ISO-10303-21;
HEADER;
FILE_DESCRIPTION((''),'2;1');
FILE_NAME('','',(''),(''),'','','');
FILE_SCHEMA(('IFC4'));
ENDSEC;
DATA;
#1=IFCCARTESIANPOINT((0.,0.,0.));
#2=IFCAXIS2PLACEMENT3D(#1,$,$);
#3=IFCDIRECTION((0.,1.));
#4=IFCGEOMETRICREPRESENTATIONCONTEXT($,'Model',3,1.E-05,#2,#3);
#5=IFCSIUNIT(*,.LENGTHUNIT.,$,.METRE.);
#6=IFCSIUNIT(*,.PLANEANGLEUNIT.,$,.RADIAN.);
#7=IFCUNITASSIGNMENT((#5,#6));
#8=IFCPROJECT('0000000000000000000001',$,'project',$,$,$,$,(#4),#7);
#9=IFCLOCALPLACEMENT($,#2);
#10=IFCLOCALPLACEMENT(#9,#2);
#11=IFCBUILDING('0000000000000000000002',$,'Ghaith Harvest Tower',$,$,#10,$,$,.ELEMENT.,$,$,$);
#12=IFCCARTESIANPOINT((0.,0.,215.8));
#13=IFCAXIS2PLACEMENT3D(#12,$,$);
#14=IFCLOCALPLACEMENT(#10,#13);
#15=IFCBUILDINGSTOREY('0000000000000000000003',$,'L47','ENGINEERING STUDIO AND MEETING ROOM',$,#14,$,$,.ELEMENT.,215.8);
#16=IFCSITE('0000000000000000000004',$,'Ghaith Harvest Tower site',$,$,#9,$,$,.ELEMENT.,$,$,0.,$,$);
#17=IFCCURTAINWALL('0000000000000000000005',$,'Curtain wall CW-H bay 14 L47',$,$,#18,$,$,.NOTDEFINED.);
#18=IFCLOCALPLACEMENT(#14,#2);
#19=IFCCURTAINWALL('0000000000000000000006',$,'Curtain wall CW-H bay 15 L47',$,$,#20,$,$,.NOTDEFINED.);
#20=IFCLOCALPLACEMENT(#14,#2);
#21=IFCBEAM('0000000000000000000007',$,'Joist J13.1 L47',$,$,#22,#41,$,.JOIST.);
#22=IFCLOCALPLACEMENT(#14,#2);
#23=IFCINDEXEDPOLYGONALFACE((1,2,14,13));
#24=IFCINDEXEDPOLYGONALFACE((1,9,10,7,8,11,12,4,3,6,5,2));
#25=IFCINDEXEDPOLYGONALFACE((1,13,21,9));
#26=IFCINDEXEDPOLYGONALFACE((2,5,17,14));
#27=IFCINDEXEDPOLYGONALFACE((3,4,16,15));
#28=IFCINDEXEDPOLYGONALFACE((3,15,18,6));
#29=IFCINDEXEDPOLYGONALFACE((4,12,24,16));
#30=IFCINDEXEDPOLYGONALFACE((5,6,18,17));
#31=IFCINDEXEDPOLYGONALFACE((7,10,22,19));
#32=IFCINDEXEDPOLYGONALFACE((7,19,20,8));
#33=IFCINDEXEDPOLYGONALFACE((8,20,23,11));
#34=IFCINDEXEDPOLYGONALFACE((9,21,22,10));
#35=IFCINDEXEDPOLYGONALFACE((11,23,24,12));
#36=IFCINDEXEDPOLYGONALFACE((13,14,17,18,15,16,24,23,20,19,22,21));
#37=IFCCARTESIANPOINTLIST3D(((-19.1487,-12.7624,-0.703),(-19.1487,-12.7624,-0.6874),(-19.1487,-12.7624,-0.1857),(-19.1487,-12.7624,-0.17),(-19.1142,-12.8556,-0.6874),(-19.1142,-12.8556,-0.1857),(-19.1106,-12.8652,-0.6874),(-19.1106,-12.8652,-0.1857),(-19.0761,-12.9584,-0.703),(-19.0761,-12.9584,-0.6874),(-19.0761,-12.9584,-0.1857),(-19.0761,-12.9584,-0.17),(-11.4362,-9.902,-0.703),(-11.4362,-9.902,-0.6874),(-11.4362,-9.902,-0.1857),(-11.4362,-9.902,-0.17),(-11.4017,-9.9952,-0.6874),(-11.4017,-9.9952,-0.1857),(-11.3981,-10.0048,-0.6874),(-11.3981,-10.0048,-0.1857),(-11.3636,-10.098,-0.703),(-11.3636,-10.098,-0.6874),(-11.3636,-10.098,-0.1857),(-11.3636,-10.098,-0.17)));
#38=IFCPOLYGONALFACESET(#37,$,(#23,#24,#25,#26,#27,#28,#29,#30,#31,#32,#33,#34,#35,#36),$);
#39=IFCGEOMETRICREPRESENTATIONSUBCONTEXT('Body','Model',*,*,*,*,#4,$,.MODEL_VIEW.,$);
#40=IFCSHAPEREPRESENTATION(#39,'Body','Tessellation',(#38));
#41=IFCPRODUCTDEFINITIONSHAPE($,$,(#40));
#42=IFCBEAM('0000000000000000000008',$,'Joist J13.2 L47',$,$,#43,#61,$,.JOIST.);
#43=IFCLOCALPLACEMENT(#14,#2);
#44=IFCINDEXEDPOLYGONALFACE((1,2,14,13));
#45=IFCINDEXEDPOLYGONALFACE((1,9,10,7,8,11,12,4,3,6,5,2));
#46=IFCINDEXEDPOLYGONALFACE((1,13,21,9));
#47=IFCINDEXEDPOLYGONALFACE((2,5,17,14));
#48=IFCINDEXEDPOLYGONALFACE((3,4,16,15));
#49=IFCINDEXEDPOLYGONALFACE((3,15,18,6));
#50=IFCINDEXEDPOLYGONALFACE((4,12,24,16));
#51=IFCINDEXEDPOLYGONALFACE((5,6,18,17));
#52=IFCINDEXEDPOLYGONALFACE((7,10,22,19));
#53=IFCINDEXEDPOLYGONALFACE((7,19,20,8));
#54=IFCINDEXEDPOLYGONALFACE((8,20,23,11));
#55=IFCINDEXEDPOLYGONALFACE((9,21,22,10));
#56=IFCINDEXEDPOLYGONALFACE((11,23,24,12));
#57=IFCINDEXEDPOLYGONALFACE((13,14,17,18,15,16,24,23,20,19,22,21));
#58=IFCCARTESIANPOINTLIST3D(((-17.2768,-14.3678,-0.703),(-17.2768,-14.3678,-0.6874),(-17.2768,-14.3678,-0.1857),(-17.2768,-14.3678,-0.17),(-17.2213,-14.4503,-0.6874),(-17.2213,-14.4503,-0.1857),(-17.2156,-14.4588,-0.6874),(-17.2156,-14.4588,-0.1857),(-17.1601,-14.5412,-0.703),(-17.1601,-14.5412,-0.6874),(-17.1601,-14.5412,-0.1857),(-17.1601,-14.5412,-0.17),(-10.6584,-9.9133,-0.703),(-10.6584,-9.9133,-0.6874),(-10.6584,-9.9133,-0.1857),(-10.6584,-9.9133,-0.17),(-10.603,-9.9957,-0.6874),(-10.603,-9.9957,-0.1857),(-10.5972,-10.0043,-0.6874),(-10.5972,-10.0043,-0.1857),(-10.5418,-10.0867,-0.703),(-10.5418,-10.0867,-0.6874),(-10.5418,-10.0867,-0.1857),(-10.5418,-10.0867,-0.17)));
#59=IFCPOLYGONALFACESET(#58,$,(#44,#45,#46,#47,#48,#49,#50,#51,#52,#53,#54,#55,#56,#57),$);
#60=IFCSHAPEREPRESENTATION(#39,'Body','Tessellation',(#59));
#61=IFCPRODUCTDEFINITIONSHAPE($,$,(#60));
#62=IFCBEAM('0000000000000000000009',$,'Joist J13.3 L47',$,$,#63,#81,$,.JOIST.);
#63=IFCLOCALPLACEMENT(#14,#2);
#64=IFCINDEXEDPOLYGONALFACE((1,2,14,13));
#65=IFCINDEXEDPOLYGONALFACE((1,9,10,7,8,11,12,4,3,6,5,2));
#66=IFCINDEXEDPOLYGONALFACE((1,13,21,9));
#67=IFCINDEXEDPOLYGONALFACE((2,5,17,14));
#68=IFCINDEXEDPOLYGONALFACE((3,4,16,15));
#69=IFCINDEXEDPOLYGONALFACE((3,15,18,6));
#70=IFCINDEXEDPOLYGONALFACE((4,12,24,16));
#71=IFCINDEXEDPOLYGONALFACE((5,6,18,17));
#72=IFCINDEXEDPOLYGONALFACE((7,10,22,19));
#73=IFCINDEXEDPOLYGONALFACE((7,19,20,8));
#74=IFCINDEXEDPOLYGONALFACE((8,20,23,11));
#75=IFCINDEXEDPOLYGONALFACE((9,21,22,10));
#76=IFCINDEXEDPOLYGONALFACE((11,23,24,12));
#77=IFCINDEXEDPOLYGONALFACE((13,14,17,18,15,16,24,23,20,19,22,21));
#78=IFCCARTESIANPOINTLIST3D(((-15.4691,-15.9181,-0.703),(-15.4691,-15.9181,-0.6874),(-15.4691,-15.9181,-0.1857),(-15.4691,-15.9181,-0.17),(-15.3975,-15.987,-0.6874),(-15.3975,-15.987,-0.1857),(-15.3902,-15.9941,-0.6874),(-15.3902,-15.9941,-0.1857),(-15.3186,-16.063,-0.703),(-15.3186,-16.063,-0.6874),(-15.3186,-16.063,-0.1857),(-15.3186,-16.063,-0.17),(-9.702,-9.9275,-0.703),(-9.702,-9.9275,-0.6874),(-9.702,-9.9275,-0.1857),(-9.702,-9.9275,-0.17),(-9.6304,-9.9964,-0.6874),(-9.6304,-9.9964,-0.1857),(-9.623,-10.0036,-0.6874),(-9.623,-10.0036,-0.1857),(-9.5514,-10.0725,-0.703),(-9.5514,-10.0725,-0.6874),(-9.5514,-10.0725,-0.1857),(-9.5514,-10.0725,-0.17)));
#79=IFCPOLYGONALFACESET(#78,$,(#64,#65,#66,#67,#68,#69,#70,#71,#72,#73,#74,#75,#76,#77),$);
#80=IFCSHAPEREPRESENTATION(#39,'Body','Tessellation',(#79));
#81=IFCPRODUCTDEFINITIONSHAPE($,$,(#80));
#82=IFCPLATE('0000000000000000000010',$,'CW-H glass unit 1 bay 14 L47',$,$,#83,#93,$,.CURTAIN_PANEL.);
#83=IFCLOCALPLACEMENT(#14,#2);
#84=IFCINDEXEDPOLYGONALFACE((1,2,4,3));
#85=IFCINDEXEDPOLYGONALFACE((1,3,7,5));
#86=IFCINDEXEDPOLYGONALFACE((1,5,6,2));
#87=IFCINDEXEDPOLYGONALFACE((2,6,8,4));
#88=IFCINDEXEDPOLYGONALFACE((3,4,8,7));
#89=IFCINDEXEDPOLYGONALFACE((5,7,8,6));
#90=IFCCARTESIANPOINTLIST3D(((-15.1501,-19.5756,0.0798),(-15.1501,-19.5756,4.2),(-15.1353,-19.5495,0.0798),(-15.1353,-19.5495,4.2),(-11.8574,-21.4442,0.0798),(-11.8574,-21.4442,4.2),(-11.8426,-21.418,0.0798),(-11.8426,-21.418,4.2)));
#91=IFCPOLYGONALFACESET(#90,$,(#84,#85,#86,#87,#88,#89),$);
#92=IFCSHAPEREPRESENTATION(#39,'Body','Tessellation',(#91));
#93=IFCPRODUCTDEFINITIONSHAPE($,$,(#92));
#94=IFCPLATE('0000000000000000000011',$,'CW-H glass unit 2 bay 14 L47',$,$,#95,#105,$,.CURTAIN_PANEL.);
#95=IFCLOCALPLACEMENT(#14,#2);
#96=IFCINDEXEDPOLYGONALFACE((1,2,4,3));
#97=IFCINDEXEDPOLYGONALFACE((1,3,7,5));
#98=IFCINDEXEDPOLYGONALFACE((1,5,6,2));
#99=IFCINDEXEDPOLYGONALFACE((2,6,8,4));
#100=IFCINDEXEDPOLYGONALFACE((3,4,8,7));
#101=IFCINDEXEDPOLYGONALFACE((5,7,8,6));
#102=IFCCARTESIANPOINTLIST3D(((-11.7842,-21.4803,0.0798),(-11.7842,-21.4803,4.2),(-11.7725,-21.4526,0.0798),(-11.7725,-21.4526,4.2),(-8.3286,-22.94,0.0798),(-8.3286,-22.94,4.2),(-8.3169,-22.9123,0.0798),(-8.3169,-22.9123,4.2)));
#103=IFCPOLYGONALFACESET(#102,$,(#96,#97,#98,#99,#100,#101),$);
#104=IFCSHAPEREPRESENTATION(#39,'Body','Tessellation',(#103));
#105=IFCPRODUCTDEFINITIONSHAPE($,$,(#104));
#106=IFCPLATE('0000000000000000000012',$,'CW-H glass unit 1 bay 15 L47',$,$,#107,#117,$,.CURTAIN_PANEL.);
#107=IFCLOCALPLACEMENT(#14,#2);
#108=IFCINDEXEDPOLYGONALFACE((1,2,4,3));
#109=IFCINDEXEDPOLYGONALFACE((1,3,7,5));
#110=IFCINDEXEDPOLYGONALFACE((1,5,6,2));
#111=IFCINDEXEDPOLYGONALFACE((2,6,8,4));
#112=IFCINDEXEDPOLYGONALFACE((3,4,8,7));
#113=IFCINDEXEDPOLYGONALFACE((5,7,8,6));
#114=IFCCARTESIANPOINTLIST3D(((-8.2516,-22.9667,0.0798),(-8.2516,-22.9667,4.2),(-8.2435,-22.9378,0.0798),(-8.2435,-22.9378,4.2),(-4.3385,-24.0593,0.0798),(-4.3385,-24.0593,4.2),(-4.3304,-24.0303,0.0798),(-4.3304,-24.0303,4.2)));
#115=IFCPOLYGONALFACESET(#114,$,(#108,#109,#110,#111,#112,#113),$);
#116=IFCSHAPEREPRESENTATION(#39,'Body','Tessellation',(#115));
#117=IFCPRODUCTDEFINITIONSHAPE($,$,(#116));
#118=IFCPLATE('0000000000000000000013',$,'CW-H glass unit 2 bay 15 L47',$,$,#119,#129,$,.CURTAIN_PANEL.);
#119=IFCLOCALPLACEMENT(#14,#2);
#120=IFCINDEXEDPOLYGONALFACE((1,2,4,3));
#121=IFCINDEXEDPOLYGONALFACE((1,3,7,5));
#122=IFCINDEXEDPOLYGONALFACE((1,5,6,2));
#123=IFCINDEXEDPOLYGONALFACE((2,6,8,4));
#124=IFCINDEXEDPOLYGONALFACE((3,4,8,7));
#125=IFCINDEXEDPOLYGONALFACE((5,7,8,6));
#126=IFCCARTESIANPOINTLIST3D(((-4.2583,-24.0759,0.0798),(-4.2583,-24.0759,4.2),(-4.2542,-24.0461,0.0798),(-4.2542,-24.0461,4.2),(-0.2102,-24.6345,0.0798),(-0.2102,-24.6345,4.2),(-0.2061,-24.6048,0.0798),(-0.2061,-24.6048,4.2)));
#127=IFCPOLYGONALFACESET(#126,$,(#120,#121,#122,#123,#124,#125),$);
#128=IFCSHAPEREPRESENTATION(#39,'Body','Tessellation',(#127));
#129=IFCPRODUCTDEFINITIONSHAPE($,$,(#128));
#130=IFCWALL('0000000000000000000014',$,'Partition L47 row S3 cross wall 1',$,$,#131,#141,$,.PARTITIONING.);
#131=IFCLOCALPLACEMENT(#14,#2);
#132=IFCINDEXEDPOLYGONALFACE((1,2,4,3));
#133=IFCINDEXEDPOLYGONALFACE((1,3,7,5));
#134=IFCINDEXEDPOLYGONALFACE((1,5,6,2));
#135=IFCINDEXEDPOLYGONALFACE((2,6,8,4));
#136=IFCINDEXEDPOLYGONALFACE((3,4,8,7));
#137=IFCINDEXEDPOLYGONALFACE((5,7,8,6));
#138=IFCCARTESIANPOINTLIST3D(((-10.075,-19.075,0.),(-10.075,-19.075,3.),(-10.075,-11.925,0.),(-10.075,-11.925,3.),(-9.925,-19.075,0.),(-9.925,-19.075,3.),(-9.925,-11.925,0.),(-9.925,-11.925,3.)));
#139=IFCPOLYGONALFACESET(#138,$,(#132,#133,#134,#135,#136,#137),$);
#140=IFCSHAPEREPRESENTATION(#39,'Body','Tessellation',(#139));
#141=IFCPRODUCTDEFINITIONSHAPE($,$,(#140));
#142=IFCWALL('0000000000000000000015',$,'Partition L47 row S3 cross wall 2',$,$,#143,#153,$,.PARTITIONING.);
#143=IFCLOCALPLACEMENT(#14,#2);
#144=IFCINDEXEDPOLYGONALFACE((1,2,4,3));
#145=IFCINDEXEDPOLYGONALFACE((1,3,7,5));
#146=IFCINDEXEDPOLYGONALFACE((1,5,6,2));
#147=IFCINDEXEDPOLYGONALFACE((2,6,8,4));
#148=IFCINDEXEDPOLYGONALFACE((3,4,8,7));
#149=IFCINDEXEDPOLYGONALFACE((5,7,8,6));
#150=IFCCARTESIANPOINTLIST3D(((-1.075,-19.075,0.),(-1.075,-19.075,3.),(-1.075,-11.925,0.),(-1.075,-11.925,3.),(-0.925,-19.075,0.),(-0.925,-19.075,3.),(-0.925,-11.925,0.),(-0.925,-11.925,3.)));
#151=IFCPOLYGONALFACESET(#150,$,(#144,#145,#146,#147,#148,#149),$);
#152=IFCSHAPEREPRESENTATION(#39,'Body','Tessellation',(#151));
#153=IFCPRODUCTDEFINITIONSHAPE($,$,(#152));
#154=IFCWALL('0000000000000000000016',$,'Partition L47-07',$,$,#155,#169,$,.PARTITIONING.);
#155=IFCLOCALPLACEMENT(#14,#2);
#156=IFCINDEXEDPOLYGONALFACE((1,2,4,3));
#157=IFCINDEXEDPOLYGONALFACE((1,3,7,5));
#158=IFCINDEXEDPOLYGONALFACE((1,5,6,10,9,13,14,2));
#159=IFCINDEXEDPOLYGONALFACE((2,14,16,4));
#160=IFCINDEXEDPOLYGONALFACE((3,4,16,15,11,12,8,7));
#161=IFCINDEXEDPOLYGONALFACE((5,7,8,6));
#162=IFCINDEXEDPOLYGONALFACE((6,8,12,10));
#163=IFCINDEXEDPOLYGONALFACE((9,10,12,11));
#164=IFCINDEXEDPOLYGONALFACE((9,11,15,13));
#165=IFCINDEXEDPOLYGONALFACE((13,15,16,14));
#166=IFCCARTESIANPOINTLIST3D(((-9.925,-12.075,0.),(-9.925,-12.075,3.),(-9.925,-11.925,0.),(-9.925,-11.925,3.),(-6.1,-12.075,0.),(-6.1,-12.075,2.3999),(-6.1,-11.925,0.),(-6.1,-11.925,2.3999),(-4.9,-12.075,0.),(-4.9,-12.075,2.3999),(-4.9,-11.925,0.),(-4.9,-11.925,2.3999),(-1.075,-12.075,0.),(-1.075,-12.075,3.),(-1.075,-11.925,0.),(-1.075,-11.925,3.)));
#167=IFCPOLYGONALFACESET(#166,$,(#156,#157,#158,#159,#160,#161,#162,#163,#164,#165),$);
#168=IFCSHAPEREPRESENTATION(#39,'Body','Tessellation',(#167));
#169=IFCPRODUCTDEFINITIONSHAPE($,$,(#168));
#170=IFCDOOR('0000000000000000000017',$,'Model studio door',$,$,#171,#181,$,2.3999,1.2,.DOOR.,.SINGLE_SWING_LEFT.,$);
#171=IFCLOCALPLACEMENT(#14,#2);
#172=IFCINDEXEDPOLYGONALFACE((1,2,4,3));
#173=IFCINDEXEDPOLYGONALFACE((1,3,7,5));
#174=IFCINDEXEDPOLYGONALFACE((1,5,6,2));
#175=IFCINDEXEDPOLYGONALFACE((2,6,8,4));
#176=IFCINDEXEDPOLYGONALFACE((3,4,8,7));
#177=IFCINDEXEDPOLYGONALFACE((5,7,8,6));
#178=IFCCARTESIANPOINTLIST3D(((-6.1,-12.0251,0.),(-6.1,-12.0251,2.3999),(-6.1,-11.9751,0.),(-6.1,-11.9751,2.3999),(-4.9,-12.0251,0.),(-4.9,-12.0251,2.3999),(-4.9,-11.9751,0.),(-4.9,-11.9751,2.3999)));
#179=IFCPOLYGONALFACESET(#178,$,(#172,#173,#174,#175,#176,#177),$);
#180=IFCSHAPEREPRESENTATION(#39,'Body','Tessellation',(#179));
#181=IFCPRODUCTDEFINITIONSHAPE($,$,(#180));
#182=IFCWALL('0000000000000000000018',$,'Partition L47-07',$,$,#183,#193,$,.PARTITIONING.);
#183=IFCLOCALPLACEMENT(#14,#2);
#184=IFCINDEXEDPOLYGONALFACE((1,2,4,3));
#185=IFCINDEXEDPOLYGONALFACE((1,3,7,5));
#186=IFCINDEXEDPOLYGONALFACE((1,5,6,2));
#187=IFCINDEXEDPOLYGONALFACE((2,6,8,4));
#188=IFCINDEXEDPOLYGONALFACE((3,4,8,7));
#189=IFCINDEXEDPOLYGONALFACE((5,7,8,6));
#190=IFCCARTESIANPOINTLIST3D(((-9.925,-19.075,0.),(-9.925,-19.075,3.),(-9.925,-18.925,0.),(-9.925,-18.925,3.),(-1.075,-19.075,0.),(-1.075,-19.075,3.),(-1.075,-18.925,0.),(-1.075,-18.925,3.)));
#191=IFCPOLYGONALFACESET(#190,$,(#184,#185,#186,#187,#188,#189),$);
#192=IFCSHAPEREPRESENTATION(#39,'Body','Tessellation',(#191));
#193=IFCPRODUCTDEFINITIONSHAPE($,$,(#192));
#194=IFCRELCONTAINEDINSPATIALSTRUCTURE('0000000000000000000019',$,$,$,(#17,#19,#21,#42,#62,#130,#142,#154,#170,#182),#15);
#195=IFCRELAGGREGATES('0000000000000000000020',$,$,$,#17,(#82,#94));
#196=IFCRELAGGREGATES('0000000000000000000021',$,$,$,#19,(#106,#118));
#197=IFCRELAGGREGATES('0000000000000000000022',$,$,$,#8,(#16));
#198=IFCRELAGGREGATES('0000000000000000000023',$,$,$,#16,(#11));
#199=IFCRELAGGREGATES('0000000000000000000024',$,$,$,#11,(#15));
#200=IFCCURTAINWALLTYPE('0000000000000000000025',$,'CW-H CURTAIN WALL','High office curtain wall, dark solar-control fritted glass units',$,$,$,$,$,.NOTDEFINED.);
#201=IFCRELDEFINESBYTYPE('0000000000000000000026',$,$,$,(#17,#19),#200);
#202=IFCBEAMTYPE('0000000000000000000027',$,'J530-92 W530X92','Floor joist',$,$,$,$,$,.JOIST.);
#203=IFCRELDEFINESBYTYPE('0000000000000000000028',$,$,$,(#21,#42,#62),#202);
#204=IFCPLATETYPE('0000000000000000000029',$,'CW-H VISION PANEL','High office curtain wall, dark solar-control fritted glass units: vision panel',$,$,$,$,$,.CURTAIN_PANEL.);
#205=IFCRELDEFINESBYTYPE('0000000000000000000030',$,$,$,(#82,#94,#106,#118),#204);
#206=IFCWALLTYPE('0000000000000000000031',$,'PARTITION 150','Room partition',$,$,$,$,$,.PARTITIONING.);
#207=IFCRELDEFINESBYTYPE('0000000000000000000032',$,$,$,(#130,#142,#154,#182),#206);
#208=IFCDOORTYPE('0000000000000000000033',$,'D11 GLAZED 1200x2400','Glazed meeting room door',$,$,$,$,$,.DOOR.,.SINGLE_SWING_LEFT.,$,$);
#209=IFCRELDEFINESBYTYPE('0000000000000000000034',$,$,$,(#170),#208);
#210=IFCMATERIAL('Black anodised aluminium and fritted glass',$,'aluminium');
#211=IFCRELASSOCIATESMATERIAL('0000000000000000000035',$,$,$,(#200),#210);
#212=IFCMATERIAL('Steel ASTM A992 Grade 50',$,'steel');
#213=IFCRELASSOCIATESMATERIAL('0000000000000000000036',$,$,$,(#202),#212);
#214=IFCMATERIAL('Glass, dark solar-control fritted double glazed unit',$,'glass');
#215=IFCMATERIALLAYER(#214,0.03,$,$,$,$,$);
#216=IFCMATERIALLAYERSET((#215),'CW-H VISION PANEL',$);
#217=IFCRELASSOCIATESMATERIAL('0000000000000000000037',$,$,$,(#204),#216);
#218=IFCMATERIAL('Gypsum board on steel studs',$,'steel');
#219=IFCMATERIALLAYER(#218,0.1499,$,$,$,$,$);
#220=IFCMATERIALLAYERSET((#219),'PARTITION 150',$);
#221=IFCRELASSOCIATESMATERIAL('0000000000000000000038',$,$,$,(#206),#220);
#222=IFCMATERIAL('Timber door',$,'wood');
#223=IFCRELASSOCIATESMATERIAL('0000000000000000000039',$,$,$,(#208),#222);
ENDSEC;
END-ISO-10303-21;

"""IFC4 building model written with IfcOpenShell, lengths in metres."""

from ifc_helpers import new_model, si_unit, direction, frame, frame_2d, origin, origin_2d, place, context, subcontext, project, spatial, rectangle, i_section, extrude, material, layer, layer_set, material_profile, profile_set, type_object, element, fill, aggregate, save


model = new_model("IFC4")

# Units and contexts
model_context = context("Model", 3, precision=1e-05, world=origin(), true_north=direction((0.0, 1.0)))
body_context = subcontext(model_context, "Body", "Model", "MODEL_VIEW")
ifc_project = project(units=[si_unit("LENGTHUNIT", "METRE"), si_unit("PLANEANGLEUNIT", "RADIAN")], contexts=[model_context])

# Site, building, storey
site_placement = place(None, origin())
site = spatial("IfcSite", under=ifc_project, at=site_placement, Name="Ghaith Harvest Tower site", CompositionType="ELEMENT", RefElevation=0.0)
building_placement = place(site_placement, origin())
building = spatial("IfcBuilding", under=site, at=building_placement, Name="Ghaith Harvest Tower", CompositionType="ELEMENT")
storey_placement = place(building_placement, frame((0.0, 0.0, 215.8)))
storey = spatial("IfcBuildingStorey", under=building, at=storey_placement, Name="L47", Description="ENGINEERING STUDIO AND MEETING ROOM", CompositionType="ELEMENT", Elevation=215.8)

# Curtain wall
ifc_material_1 = material(Name="Black anodised aluminium and fritted glass", Category="aluminium")
curtain_wall_type = type_object("IfcCurtainWallType", Name="CW-H CURTAIN WALL", Description="High office curtain wall, dark solar-control fritted glass units", PredefinedType="NOTDEFINED", material=ifc_material_1)
curtain_wall_1_placement = place(storey_placement, origin())
curtain_wall_1 = element("IfcCurtainWall", 1, at=curtain_wall_1_placement, inside=storey, type_object=curtain_wall_type, Name="Curtain wall CW-H bay 14 L47", PredefinedType="NOTDEFINED")

# Curtain wall
curtain_wall_2_placement = place(storey_placement, origin())
curtain_wall_2 = element("IfcCurtainWall", 2, at=curtain_wall_2_placement, inside=storey, type_object=curtain_wall_type, Name="Curtain wall CW-H bay 15 L47", PredefinedType="NOTDEFINED")

# Beams
ifc_material_2 = material(Name="Steel ASTM A992 Grade 50", Category="steel")
ifc_material_profile_1 = material_profile(ifc_material_2, i_section(OverallWidth=0.209, OverallDepth=0.533, WebThickness=0.0103, FlangeThickness=0.0156, at=origin_2d()), Name="W530X92")
ifc_profile_set_1 = profile_set([ifc_material_profile_1], Name="Steel ASTM A992 Grade 50")
beam_type_1 = type_object("IfcBeamType", Name="J530-92 W530X92", Description="Floor joist", PredefinedType="JOIST", material=ifc_profile_set_1)
beam_1_placement = place(storey_placement, frame((-11.3999, -10.0, -0.4365), z_axis=(-0.937594, -0.347732, 0.0), x_axis=(0.347732, -0.937594, 0.0)))
element("IfcBeam", 3, at=beam_1_placement, inside=storey, type_object=beam_type_1, Name="Joist J13.1 L47", PredefinedType="JOIST", context=body_context, shape_type="SweptSolid", body=[
    extrude(i_section(OverallWidth=0.209, OverallDepth=0.533, WebThickness=0.0103, FlangeThickness=0.0156, at=origin_2d()), origin(), (0.0, 0.0, 1.0), 8.2258),
])
beam_2_placement = place(storey_placement, frame((-10.6001, -10.0, -0.4365), z_axis=(-0.829594, -0.558367, 0.0), x_axis=(0.558367, -0.829594, 0.0)))
element("IfcBeam", 4, at=beam_2_placement, inside=storey, type_object=beam_type_1, Name="Joist J13.2 L47", PredefinedType="JOIST", context=body_context, shape_type="SweptSolid", body=[
    extrude(i_section(OverallWidth=0.209, OverallDepth=0.533, WebThickness=0.0103, FlangeThickness=0.0156, at=origin_2d()), origin(), (0.0, 0.0, 1.0), 7.9778),
])
beam_3_placement = place(storey_placement, frame((-9.6267, -10.0, -0.4365), z_axis=(-0.693547, -0.720411, 0.0), x_axis=(0.720411, -0.693547, 0.0)))
element("IfcBeam", 5, at=beam_3_placement, inside=storey, type_object=beam_type_1, Name="Joist J13.3 L47", PredefinedType="JOIST", context=body_context, shape_type="SweptSolid", body=[
    extrude(i_section(OverallWidth=0.209, OverallDepth=0.533, WebThickness=0.0103, FlangeThickness=0.0156, at=origin_2d()), origin(), (0.0, 0.0, 1.0), 8.3154),
])

# Plates
ifc_material_3 = material(Name="Glass, dark solar-control fritted double glazed unit", Category="glass")
ifc_layer_1 = layer(ifc_material_3, 0.03)
ifc_layer_set_1 = layer_set([ifc_layer_1], Name="CW-H VISION PANEL")
plate_type = type_object("IfcPlateType", Name="CW-H VISION PANEL", Description="High office curtain wall, dark solar-control fritted glass units: vision panel", PredefinedType="CURTAIN_PANEL", material=ifc_layer_set_1)
plate_1_placement = place(storey_placement, frame((-13.4963, -20.4968, 0.0798), z_axis=(0.0, 0.0, 1.0), x_axis=(0.869715, -0.493554, 0.0)))
plate_1 = element("IfcPlate", 6, at=plate_1_placement, type_object=plate_type, Name="CW-H glass unit 1 bay 14 L47", PredefinedType="CURTAIN_PANEL", context=body_context, shape_type="SweptSolid", body=[
    extrude(rectangle(XDim=3.7859, YDim=0.03, at=origin_2d()), origin(), (0.0, 0.0, 1.0), 4.1201),
])
plate_2_placement = place(storey_placement, frame((-10.0505, -22.1963, 0.0798), z_axis=(0.0, 0.0, 1.0), x_axis=(0.921182, -0.389133, 0.0)))
plate_2 = element("IfcPlate", 7, at=plate_2_placement, type_object=plate_type, Name="CW-H glass unit 2 bay 14 L47", PredefinedType="CURTAIN_PANEL", context=body_context, shape_type="SweptSolid", body=[
    extrude(rectangle(XDim=3.7512, YDim=0.03, at=origin_2d()), origin(), (0.0, 0.0, 1.0), 4.1201),
])
aggregate(curtain_wall_1, [plate_1, plate_2])
plate_3_placement = place(storey_placement, frame((-6.291, -23.4985, 0.0798), z_axis=(0.0, 0.0, 1.0), x_axis=(0.963163, -0.268919, 0.0)))
plate_3 = element("IfcPlate", 8, at=plate_3_placement, type_object=plate_type, Name="CW-H glass unit 1 bay 15 L47", PredefinedType="CURTAIN_PANEL", context=body_context, shape_type="SweptSolid", body=[
    extrude(rectangle(XDim=4.0627, YDim=0.03, at=origin_2d()), origin(), (0.0, 0.0, 1.0), 4.1201),
])
plate_4_placement = place(storey_placement, frame((-2.2322, -24.3403, 0.0798), z_axis=(0.0, 0.0, 1.0), x_axis=(0.990612, -0.136702, 0.0)))
plate_4 = element("IfcPlate", 9, at=plate_4_placement, type_object=plate_type, Name="CW-H glass unit 2 bay 15 L47", PredefinedType="CURTAIN_PANEL", context=body_context, shape_type="SweptSolid", body=[
    extrude(rectangle(XDim=4.0864, YDim=0.03, at=origin_2d()), origin(), (0.0, 0.0, 1.0), 4.1201),
])
aggregate(curtain_wall_2, [plate_3, plate_4])

# Walls
ifc_material_4 = material(Name="Gypsum board on steel studs", Category="steel")
ifc_layer_2 = layer(ifc_material_4, 0.1499)
ifc_layer_set_2 = layer_set([ifc_layer_2], Name="PARTITION 150")
wall_type = type_object("IfcWallType", Name="PARTITION 150", Description="Room partition", PredefinedType="PARTITIONING", material=ifc_layer_set_2)
for number, where, z_axis, x_axis, name in (
    (10, (-10.0, -11.925, 0.0), (0.0, 0.0, 1.0), (0.0, -1.0, 0.0), "Partition L47 row S3 cross wall 1"),
    (11, (-1.0, -11.925, 0.0), (0.0, 0.0, 1.0), (0.0, -1.0, 0.0), "Partition L47 row S3 cross wall 2"),
):
    element("IfcWall", number, at=place(storey_placement, frame(where, z_axis=z_axis, x_axis=x_axis)), inside=storey, type_object=wall_type, Name=name, PredefinedType="PARTITIONING", context=body_context, shape_type="SweptSolid", body=[
        extrude(rectangle(XDim=7.1499, YDim=0.1499, at=frame_2d((3.575, 0.0))), origin(), (0.0, 0.0, 1.0), 3.0),
    ])

# Wall, opening, door
wall_1_placement = place(storey_placement, frame((-9.925, -12.0, 0.0), z_axis=(0.0, 0.0, 1.0), x_axis=(1.0, 0.0, 0.0)))
wall_1 = element("IfcWall", 12, at=wall_1_placement, inside=storey, type_object=wall_type, Name="Partition L47-07", PredefinedType="PARTITIONING", context=body_context, shape_type="SweptSolid", body=[
    extrude(rectangle(XDim=8.8501, YDim=0.1499, at=frame_2d((4.425, 0.0))), origin(), (0.0, 0.0, 1.0), 3.0),
])
opening_1_placement = place(wall_1_placement, frame((3.825, 0.0, 0.0)))
opening_1 = element("IfcOpeningElement", 13, at=opening_1_placement, cuts=wall_1, PredefinedType="OPENING", context=body_context, shape_type="SweptSolid", body=[
    extrude(rectangle(XDim=1.2, YDim=2.3999, at=frame_2d((0.6001, 1.2))), frame((0.0, 0.085, 0.0), z_axis=(0.0, -1.0, 0.0), x_axis=(1.0, 0.0, 0.0)), (0.0, 0.0, 1.0), 0.1699),
])
ifc_material_5 = material(Name="Timber door", Category="wood")
door_type_1 = type_object("IfcDoorType", Name="D11 GLAZED 1200x2400", Description="Glazed meeting room door", OperationType="SINGLE_SWING_LEFT", PredefinedType="DOOR", material=ifc_material_5)
door_1_placement = place(opening_1_placement, origin())
door_1 = element("IfcDoor", 14, at=door_1_placement, inside=storey, type_object=door_type_1, Name="Model studio door", OperationType="SINGLE_SWING_LEFT", OverallHeight=2.3999, OverallWidth=1.2, PredefinedType="DOOR", context=body_context, shape_type="SweptSolid", body=[
    extrude(rectangle(XDim=1.2, YDim=2.3999, at=frame_2d((0.6001, 1.2))), frame((0.0, 0.0249, 0.0), z_axis=(0.0, -1.0, 0.0), x_axis=(1.0, 0.0, 0.0)), (0.0, 0.0, 1.0), 0.05),
])
fill(opening_1, door_1)

# Wall
wall_2_placement = place(storey_placement, frame((-9.925, -19.0, 0.0), z_axis=(0.0, 0.0, 1.0), x_axis=(1.0, 0.0, 0.0)))
element("IfcWall", 15, at=wall_2_placement, inside=storey, type_object=wall_type, Name="Partition L47-07", PredefinedType="PARTITIONING", context=body_context, shape_type="SweptSolid", body=[
    extrude(rectangle(XDim=8.8501, YDim=0.1499, at=frame_2d((4.425, 0.0))), origin(), (0.0, 0.0, 1.0), 3.0),
])

save(model, "model.ifc")
